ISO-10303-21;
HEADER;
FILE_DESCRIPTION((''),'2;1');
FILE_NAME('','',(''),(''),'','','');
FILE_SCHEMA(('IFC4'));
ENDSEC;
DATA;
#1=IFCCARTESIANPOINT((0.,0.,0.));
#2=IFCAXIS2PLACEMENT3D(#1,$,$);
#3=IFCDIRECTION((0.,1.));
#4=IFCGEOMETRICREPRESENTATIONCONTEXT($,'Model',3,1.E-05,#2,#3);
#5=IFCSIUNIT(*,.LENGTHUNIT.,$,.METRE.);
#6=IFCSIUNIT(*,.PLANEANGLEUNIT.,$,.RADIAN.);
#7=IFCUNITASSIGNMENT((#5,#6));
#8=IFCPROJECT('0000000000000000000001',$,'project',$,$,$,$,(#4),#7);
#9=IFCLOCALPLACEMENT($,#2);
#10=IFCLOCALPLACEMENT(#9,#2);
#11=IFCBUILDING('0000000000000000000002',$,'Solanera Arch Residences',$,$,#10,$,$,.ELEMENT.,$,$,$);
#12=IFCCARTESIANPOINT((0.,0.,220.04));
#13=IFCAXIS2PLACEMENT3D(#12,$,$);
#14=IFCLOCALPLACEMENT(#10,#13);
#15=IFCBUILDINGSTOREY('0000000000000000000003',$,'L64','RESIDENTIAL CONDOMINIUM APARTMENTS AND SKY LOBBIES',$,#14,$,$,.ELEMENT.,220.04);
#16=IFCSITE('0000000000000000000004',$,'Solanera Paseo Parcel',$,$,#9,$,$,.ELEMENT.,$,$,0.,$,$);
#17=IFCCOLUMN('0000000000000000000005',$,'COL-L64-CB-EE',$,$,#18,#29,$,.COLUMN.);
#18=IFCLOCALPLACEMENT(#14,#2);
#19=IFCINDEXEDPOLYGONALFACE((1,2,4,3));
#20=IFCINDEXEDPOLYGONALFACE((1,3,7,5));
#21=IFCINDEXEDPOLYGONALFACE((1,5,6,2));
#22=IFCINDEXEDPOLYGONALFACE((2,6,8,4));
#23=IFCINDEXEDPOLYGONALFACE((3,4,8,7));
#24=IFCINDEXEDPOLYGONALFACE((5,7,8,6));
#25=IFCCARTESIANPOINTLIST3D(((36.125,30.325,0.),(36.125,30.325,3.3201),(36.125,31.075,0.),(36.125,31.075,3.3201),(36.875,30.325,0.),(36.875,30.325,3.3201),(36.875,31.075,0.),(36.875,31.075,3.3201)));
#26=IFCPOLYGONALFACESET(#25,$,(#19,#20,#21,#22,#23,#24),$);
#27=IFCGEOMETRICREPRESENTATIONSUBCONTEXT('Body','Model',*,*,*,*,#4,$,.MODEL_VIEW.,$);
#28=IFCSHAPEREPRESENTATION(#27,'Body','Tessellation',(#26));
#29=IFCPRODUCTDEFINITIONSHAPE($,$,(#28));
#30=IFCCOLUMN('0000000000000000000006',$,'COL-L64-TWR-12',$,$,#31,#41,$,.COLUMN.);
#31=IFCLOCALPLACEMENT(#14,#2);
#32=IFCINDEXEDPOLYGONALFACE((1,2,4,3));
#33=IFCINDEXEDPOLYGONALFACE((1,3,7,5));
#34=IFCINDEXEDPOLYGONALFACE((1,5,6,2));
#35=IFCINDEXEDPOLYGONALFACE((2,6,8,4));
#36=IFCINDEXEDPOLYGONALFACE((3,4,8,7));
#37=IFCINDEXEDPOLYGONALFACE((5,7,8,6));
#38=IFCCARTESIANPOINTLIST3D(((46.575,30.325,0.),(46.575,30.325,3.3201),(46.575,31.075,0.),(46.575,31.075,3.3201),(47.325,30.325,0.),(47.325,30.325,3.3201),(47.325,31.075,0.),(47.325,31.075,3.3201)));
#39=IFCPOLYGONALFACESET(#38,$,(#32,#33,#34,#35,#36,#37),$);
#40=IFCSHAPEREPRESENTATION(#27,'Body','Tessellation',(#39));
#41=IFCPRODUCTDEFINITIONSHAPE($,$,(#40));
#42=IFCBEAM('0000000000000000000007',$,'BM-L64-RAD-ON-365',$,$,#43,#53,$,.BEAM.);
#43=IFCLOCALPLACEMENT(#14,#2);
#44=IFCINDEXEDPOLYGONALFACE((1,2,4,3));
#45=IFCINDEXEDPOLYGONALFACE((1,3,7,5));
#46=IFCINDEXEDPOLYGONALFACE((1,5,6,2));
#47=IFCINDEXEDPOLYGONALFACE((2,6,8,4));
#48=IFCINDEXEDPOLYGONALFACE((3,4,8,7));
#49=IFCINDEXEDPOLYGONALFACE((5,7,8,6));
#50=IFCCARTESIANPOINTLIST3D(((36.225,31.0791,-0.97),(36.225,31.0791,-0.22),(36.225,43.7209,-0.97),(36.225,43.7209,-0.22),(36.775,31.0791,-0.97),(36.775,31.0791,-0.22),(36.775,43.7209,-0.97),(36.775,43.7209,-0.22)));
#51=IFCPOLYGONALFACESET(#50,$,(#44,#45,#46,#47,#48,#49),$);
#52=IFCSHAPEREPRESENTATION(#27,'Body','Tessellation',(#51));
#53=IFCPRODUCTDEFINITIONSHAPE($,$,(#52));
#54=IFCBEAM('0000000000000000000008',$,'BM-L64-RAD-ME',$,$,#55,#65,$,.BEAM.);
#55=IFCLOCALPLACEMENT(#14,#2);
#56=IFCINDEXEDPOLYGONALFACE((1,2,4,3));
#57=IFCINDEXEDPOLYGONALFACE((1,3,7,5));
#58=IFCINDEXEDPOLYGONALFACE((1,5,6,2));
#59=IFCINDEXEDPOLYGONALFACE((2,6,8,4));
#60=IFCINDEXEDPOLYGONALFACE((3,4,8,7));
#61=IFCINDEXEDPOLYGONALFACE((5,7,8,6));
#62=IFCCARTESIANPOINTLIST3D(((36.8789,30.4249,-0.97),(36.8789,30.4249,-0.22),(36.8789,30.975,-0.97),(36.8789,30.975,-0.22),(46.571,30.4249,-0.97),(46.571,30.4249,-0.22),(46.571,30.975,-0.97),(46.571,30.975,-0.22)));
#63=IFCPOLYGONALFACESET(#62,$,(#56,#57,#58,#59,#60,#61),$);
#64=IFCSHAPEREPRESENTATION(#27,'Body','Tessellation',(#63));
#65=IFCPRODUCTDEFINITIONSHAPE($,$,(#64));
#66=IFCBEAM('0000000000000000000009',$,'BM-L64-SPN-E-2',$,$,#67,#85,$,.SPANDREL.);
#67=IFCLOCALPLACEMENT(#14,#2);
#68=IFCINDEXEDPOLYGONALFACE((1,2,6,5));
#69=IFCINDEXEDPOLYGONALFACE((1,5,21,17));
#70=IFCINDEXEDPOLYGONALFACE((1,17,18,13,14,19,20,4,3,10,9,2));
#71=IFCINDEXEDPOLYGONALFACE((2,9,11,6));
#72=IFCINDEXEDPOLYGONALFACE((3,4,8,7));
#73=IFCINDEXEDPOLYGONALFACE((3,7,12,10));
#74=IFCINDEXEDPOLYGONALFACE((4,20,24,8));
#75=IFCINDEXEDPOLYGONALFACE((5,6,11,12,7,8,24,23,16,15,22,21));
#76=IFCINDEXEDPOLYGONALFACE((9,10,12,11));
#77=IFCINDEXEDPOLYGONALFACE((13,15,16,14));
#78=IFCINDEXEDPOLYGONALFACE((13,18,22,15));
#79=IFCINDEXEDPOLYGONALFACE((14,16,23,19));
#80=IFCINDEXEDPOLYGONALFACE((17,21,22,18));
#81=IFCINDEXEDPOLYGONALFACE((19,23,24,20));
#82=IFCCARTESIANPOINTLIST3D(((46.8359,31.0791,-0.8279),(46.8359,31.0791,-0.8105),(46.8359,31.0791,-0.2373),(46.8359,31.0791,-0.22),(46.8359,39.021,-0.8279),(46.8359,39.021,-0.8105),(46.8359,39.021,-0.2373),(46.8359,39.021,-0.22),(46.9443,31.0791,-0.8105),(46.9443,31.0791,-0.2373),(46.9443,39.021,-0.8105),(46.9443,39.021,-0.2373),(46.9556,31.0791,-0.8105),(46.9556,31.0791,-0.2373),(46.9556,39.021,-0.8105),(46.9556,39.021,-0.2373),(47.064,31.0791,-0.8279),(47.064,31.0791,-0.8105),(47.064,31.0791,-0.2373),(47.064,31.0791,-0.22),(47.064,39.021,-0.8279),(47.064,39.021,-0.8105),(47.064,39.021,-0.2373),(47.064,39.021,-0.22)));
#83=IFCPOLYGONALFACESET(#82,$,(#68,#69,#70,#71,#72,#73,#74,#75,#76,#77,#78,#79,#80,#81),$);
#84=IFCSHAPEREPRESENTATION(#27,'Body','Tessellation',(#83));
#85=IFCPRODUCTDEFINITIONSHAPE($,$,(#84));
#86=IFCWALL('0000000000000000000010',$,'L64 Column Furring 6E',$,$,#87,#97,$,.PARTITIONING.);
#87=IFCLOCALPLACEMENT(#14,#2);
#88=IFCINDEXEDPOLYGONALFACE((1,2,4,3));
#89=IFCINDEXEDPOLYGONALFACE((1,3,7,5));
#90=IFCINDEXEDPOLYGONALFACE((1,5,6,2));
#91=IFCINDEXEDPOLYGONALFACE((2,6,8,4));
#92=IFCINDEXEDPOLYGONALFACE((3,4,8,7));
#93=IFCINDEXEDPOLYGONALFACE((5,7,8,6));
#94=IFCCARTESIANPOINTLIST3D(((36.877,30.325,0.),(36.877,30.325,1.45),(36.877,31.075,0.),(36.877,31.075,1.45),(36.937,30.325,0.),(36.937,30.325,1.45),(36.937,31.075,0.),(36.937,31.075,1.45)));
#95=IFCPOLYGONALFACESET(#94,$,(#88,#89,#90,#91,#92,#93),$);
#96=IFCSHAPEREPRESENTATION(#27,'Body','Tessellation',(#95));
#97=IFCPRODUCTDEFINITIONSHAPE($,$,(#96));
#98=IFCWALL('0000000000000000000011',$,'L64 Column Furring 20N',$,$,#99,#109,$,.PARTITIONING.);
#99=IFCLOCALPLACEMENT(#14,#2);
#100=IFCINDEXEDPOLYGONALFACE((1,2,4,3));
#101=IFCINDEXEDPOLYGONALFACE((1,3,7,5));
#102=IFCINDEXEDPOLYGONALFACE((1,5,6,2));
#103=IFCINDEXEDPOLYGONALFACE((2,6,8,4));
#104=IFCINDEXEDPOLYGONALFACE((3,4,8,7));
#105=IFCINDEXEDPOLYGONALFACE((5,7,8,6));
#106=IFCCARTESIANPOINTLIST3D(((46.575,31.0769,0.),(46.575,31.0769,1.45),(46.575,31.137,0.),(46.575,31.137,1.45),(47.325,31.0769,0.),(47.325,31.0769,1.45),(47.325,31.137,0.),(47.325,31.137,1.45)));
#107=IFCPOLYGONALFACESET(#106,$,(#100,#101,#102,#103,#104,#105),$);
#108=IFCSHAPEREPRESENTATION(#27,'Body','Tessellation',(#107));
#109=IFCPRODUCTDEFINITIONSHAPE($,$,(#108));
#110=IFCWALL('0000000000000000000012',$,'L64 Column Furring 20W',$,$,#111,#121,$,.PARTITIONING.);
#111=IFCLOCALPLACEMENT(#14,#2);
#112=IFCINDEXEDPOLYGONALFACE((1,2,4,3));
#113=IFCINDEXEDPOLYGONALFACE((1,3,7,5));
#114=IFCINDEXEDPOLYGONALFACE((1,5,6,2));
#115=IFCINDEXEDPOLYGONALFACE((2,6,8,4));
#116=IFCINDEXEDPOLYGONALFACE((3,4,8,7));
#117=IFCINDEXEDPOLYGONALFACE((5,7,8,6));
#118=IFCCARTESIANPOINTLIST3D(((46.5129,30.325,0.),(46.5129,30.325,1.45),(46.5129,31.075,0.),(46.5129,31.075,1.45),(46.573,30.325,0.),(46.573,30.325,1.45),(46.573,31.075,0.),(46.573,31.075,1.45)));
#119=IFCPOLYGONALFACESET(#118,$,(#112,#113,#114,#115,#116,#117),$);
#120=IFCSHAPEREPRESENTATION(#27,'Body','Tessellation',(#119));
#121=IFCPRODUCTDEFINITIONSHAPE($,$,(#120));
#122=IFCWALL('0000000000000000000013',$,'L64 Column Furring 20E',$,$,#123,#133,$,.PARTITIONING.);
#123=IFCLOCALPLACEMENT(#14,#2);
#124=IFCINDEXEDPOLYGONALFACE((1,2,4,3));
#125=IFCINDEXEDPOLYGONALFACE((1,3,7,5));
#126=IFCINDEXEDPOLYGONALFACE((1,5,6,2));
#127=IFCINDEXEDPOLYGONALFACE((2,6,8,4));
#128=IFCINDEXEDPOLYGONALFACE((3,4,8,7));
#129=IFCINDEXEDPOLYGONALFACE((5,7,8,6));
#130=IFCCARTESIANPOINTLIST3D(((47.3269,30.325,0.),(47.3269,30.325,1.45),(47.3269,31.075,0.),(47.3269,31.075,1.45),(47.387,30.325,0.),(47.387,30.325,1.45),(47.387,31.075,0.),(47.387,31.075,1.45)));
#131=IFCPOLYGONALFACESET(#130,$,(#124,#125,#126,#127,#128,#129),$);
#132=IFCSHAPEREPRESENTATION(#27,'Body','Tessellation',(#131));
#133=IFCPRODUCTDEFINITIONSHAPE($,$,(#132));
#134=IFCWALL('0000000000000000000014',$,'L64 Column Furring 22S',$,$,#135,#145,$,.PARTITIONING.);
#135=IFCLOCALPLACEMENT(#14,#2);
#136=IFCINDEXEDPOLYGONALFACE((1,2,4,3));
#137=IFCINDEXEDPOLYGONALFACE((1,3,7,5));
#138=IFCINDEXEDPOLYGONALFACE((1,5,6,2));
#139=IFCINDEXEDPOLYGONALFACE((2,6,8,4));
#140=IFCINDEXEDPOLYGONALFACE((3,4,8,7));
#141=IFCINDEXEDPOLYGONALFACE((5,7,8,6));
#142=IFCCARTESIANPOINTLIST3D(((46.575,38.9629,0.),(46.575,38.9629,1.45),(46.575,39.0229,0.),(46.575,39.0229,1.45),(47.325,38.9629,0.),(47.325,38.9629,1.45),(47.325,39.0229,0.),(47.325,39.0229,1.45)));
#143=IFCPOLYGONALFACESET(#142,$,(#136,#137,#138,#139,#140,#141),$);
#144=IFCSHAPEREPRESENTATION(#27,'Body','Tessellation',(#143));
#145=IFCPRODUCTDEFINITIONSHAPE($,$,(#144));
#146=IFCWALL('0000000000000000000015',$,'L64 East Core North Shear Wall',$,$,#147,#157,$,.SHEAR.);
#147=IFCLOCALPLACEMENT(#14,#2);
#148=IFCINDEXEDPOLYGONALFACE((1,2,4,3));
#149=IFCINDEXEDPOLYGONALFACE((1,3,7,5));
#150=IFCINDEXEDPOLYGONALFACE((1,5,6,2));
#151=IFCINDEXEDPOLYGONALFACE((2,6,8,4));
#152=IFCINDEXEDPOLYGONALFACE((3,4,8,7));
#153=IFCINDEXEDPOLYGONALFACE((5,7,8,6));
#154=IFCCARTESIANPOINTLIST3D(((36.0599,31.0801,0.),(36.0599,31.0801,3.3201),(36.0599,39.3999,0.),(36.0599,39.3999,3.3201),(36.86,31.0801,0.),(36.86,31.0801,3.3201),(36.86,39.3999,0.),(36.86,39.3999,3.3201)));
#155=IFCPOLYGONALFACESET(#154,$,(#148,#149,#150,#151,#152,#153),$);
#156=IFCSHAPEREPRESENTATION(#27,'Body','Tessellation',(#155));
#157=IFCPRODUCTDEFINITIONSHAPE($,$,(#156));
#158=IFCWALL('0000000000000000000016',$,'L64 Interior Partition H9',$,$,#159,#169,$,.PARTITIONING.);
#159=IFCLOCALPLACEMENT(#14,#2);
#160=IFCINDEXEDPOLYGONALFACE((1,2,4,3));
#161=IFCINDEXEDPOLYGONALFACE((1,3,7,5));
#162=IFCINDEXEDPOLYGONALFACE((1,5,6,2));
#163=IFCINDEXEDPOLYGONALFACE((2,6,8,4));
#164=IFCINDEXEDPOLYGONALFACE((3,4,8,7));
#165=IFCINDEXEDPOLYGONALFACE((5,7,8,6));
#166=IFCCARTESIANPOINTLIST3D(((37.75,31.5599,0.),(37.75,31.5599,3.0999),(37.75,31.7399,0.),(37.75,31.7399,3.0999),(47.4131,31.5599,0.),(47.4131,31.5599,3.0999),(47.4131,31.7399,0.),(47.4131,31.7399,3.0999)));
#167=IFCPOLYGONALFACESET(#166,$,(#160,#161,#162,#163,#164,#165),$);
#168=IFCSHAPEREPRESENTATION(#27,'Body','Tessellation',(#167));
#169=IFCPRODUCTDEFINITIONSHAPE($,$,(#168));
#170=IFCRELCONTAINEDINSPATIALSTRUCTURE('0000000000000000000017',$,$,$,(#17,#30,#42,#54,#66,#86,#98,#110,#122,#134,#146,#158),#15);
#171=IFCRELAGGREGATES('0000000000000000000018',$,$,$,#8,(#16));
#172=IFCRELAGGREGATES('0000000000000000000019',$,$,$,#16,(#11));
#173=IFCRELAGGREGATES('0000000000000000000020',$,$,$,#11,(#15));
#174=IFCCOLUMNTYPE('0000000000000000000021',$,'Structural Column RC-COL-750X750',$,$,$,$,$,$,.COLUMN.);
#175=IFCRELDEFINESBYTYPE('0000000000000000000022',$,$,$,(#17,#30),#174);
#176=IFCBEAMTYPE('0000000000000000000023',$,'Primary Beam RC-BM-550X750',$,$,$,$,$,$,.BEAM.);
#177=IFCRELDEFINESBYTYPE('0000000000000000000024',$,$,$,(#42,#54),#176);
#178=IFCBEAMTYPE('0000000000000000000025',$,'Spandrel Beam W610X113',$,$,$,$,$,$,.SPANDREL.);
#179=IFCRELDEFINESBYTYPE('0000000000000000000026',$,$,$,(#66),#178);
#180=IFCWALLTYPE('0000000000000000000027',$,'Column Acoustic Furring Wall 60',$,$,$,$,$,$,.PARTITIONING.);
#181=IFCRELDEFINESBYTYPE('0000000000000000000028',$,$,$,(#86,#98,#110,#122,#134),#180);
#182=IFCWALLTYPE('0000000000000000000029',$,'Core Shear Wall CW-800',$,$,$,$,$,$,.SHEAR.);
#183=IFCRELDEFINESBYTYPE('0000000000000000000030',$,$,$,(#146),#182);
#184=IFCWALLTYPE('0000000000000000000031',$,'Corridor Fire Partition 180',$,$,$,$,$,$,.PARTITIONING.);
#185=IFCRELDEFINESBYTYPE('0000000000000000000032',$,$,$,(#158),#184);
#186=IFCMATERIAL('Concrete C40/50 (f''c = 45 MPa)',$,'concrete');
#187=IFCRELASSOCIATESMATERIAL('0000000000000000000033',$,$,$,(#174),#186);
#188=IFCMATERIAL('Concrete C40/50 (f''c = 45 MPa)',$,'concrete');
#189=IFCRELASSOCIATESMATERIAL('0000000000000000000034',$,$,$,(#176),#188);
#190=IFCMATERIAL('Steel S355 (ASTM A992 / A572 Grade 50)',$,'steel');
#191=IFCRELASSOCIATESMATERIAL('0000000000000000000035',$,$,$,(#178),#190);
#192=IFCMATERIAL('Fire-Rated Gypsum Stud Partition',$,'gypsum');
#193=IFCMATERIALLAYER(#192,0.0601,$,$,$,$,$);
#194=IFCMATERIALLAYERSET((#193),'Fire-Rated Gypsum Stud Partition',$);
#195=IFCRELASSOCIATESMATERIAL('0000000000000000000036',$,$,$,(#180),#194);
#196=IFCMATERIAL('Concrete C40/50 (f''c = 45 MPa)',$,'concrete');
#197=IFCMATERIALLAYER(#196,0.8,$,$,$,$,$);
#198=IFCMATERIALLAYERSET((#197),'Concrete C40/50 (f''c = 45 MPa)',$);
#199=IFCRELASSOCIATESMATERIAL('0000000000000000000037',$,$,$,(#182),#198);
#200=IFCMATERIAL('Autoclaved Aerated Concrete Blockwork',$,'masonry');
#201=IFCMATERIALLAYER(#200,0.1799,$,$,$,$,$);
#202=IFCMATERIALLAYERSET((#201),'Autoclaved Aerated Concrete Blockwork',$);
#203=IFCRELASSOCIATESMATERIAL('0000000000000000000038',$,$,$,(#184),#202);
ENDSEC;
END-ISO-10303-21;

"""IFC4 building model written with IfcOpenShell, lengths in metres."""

from ifc_helpers import new_model, si_unit, direction, frame, frame_2d, origin, origin_2d, place, context, subcontext, project, spatial, rectangle, i_section, extrude, material, layer, layer_set, material_profile, profile_set, type_object, element, save


model = new_model("IFC4")

# Units and contexts
model_context = context("Model", 3, precision=1e-05, world=origin(), true_north=direction((0.0, 1.0)))
body_context = subcontext(model_context, "Body", "Model", "MODEL_VIEW")
ifc_project = project(units=[si_unit("LENGTHUNIT", "METRE"), si_unit("PLANEANGLEUNIT", "RADIAN")], contexts=[model_context])

# Site, building, storey
site_placement = place(None, origin())
site = spatial("IfcSite", under=ifc_project, at=site_placement, Name="Solanera Paseo Parcel", CompositionType="ELEMENT", RefElevation=0.0)
building_placement = place(site_placement, origin())
building = spatial("IfcBuilding", under=site, at=building_placement, Name="Solanera Arch Residences", CompositionType="ELEMENT")
storey_placement = place(building_placement, frame((0.0, 0.0, 220.04)))
storey = spatial("IfcBuildingStorey", under=building, at=storey_placement, Name="L64", Description="RESIDENTIAL CONDOMINIUM APARTMENTS AND SKY LOBBIES", CompositionType="ELEMENT", Elevation=220.04)

# Columns
ifc_material_1 = material(Name="Concrete C40/50 (f'c = 45 MPa)", Category="concrete")
ifc_material_profile_1 = material_profile(ifc_material_1, rectangle(XDim=0.75, YDim=0.75, at=origin_2d()))
ifc_profile_set_1 = profile_set([ifc_material_profile_1], Name="Concrete C40/50 (f'c = 45 MPa)")
column_type = type_object("IfcColumnType", Name="Structural Column RC-COL-750X750", PredefinedType="COLUMN", material=ifc_profile_set_1)
for number, where, z_axis, x_axis, name in (
    (1, (36.5, 30.7, 0.0), (0.0, 0.0, 1.0), (1.0, 0.0, 0.0), "COL-L64-CB-EE"),
    (2, (46.95, 30.7, 0.0), (0.0, 0.0, 1.0), (1.0, 0.0, 0.0), "COL-L64-TWR-12"),
):
    element("IfcColumn", number, at=place(storey_placement, frame(where, z_axis=z_axis, x_axis=x_axis)), inside=storey, type_object=column_type, Name=name, PredefinedType="COLUMN", context=body_context, shape_type="SweptSolid", body=[
        extrude(rectangle(XDim=0.75, YDim=0.75, at=origin_2d()), origin(), (0.0, 0.0, 1.0), 3.3201),
    ])

# Beams
ifc_material_2 = material(Name="Concrete C40/50 (f'c = 45 MPa)", Category="concrete")
ifc_material_profile_2 = material_profile(ifc_material_2, rectangle(XDim=0.55, YDim=0.75, at=origin_2d()))
ifc_profile_set_2 = profile_set([ifc_material_profile_2], Name="Concrete C40/50 (f'c = 45 MPa)")
beam_type_1 = type_object("IfcBeamType", Name="Primary Beam RC-BM-550X750", PredefinedType="BEAM", material=ifc_profile_set_2)
beam_1_placement = place(storey_placement, frame((36.5, 31.0791, -0.595), z_axis=(0.0, 1.0, 0.0), x_axis=(-1.0, 0.0, 0.0)))
element("IfcBeam", 3, at=beam_1_placement, inside=storey, type_object=beam_type_1, Name="BM-L64-RAD-ON-365", PredefinedType="BEAM", context=body_context, shape_type="SweptSolid", body=[
    extrude(rectangle(XDim=0.55, YDim=0.75, at=origin_2d()), origin(), (0.0, 0.0, 1.0), 12.6418),
])
beam_2_placement = place(storey_placement, frame((36.8789, 30.7, -0.595), z_axis=(1.0, 0.0, 0.0), x_axis=(0.0, 1.0, 0.0)))
element("IfcBeam", 4, at=beam_2_placement, inside=storey, type_object=beam_type_1, Name="BM-L64-RAD-ME", PredefinedType="BEAM", context=body_context, shape_type="SweptSolid", body=[
    extrude(rectangle(XDim=0.55, YDim=0.75, at=origin_2d()), origin(), (0.0, 0.0, 1.0), 9.6921),
])
ifc_material_3 = material(Name="Steel S355 (ASTM A992 / A572 Grade 50)", Category="steel")
ifc_material_profile_3 = material_profile(ifc_material_3, i_section(OverallWidth=0.228, OverallDepth=0.6079, WebThickness=0.0112, FlangeThickness=0.0173, at=origin_2d()))
ifc_profile_set_3 = profile_set([ifc_material_profile_3], Name="Steel S355 (ASTM A992 / A572 Grade 50)")
beam_type_2 = type_object("IfcBeamType", Name="Spandrel Beam W610X113", PredefinedType="SPANDREL", material=ifc_profile_set_3)
beam_3_placement = place(storey_placement, frame((46.95, 31.0791, -0.5239), z_axis=(0.0, 1.0, 0.0), x_axis=(-1.0, 0.0, 0.0)))
element("IfcBeam", 5, at=beam_3_placement, inside=storey, type_object=beam_type_2, Name="BM-L64-SPN-E-2", PredefinedType="SPANDREL", context=body_context, shape_type="SweptSolid", body=[
    extrude(i_section(OverallWidth=0.228, OverallDepth=0.6079, WebThickness=0.0112, FlangeThickness=0.0173, at=origin_2d()), origin(), (0.0, 0.0, 1.0), 7.9419),
])

# Walls
ifc_material_4 = material(Name="Fire-Rated Gypsum Stud Partition", Category="gypsum")
ifc_layer_1 = layer(ifc_material_4, 0.0601)
ifc_layer_set_1 = layer_set([ifc_layer_1], Name="Fire-Rated Gypsum Stud Partition")
wall_type_1 = type_object("IfcWallType", Name="Column Acoustic Furring Wall 60", PredefinedType="PARTITIONING", material=ifc_layer_set_1)
for number, where, z_axis, x_axis, name in (
    (6, (36.907, 30.325, 0.0), (0.0, 0.0, 1.0), (0.0, 1.0, 0.0), "L64 Column Furring 6E"),
    (7, (46.575, 31.1069, 0.0), (0.0, 0.0, 1.0), (1.0, 0.0, 0.0), "L64 Column Furring 20N"),
    (8, (46.543, 30.325, 0.0), (0.0, 0.0, 1.0), (0.0, 1.0, 0.0), "L64 Column Furring 20W"),
    (9, (47.3569, 30.325, 0.0), (0.0, 0.0, 1.0), (0.0, 1.0, 0.0), "L64 Column Furring 20E"),
    (10, (46.575, 38.9929, 0.0), (0.0, 0.0, 1.0), (1.0, 0.0, 0.0), "L64 Column Furring 22S"),
):
    element("IfcWall", number, at=place(storey_placement, frame(where, z_axis=z_axis, x_axis=x_axis)), inside=storey, type_object=wall_type_1, Name=name, PredefinedType="PARTITIONING", context=body_context, shape_type="SweptSolid", body=[
        extrude(rectangle(XDim=0.75, YDim=0.0601, at=frame_2d((0.375, 0.0))), origin(), (0.0, 0.0, 1.0), 1.45),
    ])
ifc_material_5 = material(Name="Concrete C40/50 (f'c = 45 MPa)", Category="concrete")
ifc_layer_2 = layer(ifc_material_5, 0.8)
ifc_layer_set_2 = layer_set([ifc_layer_2], Name="Concrete C40/50 (f'c = 45 MPa)")
wall_type_2 = type_object("IfcWallType", Name="Core Shear Wall CW-800", PredefinedType="SHEAR", material=ifc_layer_set_2)
wall_1_placement = place(storey_placement, frame((36.46, 31.0801, 0.0), z_axis=(0.0, 0.0, 1.0), x_axis=(0.0, 1.0, 0.0)))
element("IfcWall", 11, at=wall_1_placement, inside=storey, type_object=wall_type_2, Name="L64 East Core North Shear Wall", PredefinedType="SHEAR", context=body_context, shape_type="SweptSolid", body=[
    extrude(rectangle(XDim=8.3198, YDim=0.8, at=frame_2d((4.1599, 0.0))), origin(), (0.0, 0.0, 1.0), 3.3201),
])
ifc_material_6 = material(Name="Autoclaved Aerated Concrete Blockwork", Category="masonry")
ifc_layer_3 = layer(ifc_material_6, 0.1799)
ifc_layer_set_3 = layer_set([ifc_layer_3], Name="Autoclaved Aerated Concrete Blockwork")
wall_type_3 = type_object("IfcWallType", Name="Corridor Fire Partition 180", PredefinedType="PARTITIONING", material=ifc_layer_set_3)
wall_2_placement = place(storey_placement, frame((37.75, 31.6499, 0.0), z_axis=(0.0, 0.0, 1.0), x_axis=(1.0, 0.0, 0.0)))
element("IfcWall", 12, at=wall_2_placement, inside=storey, type_object=wall_type_3, Name="L64 Interior Partition H9", PredefinedType="PARTITIONING", context=body_context, shape_type="SweptSolid", body=[
    extrude(rectangle(XDim=9.6631, YDim=0.1799, at=frame_2d((4.8315, 0.0))), origin(), (0.0, 0.0, 1.0), 3.0999),
])

save(model, "model.ifc")
